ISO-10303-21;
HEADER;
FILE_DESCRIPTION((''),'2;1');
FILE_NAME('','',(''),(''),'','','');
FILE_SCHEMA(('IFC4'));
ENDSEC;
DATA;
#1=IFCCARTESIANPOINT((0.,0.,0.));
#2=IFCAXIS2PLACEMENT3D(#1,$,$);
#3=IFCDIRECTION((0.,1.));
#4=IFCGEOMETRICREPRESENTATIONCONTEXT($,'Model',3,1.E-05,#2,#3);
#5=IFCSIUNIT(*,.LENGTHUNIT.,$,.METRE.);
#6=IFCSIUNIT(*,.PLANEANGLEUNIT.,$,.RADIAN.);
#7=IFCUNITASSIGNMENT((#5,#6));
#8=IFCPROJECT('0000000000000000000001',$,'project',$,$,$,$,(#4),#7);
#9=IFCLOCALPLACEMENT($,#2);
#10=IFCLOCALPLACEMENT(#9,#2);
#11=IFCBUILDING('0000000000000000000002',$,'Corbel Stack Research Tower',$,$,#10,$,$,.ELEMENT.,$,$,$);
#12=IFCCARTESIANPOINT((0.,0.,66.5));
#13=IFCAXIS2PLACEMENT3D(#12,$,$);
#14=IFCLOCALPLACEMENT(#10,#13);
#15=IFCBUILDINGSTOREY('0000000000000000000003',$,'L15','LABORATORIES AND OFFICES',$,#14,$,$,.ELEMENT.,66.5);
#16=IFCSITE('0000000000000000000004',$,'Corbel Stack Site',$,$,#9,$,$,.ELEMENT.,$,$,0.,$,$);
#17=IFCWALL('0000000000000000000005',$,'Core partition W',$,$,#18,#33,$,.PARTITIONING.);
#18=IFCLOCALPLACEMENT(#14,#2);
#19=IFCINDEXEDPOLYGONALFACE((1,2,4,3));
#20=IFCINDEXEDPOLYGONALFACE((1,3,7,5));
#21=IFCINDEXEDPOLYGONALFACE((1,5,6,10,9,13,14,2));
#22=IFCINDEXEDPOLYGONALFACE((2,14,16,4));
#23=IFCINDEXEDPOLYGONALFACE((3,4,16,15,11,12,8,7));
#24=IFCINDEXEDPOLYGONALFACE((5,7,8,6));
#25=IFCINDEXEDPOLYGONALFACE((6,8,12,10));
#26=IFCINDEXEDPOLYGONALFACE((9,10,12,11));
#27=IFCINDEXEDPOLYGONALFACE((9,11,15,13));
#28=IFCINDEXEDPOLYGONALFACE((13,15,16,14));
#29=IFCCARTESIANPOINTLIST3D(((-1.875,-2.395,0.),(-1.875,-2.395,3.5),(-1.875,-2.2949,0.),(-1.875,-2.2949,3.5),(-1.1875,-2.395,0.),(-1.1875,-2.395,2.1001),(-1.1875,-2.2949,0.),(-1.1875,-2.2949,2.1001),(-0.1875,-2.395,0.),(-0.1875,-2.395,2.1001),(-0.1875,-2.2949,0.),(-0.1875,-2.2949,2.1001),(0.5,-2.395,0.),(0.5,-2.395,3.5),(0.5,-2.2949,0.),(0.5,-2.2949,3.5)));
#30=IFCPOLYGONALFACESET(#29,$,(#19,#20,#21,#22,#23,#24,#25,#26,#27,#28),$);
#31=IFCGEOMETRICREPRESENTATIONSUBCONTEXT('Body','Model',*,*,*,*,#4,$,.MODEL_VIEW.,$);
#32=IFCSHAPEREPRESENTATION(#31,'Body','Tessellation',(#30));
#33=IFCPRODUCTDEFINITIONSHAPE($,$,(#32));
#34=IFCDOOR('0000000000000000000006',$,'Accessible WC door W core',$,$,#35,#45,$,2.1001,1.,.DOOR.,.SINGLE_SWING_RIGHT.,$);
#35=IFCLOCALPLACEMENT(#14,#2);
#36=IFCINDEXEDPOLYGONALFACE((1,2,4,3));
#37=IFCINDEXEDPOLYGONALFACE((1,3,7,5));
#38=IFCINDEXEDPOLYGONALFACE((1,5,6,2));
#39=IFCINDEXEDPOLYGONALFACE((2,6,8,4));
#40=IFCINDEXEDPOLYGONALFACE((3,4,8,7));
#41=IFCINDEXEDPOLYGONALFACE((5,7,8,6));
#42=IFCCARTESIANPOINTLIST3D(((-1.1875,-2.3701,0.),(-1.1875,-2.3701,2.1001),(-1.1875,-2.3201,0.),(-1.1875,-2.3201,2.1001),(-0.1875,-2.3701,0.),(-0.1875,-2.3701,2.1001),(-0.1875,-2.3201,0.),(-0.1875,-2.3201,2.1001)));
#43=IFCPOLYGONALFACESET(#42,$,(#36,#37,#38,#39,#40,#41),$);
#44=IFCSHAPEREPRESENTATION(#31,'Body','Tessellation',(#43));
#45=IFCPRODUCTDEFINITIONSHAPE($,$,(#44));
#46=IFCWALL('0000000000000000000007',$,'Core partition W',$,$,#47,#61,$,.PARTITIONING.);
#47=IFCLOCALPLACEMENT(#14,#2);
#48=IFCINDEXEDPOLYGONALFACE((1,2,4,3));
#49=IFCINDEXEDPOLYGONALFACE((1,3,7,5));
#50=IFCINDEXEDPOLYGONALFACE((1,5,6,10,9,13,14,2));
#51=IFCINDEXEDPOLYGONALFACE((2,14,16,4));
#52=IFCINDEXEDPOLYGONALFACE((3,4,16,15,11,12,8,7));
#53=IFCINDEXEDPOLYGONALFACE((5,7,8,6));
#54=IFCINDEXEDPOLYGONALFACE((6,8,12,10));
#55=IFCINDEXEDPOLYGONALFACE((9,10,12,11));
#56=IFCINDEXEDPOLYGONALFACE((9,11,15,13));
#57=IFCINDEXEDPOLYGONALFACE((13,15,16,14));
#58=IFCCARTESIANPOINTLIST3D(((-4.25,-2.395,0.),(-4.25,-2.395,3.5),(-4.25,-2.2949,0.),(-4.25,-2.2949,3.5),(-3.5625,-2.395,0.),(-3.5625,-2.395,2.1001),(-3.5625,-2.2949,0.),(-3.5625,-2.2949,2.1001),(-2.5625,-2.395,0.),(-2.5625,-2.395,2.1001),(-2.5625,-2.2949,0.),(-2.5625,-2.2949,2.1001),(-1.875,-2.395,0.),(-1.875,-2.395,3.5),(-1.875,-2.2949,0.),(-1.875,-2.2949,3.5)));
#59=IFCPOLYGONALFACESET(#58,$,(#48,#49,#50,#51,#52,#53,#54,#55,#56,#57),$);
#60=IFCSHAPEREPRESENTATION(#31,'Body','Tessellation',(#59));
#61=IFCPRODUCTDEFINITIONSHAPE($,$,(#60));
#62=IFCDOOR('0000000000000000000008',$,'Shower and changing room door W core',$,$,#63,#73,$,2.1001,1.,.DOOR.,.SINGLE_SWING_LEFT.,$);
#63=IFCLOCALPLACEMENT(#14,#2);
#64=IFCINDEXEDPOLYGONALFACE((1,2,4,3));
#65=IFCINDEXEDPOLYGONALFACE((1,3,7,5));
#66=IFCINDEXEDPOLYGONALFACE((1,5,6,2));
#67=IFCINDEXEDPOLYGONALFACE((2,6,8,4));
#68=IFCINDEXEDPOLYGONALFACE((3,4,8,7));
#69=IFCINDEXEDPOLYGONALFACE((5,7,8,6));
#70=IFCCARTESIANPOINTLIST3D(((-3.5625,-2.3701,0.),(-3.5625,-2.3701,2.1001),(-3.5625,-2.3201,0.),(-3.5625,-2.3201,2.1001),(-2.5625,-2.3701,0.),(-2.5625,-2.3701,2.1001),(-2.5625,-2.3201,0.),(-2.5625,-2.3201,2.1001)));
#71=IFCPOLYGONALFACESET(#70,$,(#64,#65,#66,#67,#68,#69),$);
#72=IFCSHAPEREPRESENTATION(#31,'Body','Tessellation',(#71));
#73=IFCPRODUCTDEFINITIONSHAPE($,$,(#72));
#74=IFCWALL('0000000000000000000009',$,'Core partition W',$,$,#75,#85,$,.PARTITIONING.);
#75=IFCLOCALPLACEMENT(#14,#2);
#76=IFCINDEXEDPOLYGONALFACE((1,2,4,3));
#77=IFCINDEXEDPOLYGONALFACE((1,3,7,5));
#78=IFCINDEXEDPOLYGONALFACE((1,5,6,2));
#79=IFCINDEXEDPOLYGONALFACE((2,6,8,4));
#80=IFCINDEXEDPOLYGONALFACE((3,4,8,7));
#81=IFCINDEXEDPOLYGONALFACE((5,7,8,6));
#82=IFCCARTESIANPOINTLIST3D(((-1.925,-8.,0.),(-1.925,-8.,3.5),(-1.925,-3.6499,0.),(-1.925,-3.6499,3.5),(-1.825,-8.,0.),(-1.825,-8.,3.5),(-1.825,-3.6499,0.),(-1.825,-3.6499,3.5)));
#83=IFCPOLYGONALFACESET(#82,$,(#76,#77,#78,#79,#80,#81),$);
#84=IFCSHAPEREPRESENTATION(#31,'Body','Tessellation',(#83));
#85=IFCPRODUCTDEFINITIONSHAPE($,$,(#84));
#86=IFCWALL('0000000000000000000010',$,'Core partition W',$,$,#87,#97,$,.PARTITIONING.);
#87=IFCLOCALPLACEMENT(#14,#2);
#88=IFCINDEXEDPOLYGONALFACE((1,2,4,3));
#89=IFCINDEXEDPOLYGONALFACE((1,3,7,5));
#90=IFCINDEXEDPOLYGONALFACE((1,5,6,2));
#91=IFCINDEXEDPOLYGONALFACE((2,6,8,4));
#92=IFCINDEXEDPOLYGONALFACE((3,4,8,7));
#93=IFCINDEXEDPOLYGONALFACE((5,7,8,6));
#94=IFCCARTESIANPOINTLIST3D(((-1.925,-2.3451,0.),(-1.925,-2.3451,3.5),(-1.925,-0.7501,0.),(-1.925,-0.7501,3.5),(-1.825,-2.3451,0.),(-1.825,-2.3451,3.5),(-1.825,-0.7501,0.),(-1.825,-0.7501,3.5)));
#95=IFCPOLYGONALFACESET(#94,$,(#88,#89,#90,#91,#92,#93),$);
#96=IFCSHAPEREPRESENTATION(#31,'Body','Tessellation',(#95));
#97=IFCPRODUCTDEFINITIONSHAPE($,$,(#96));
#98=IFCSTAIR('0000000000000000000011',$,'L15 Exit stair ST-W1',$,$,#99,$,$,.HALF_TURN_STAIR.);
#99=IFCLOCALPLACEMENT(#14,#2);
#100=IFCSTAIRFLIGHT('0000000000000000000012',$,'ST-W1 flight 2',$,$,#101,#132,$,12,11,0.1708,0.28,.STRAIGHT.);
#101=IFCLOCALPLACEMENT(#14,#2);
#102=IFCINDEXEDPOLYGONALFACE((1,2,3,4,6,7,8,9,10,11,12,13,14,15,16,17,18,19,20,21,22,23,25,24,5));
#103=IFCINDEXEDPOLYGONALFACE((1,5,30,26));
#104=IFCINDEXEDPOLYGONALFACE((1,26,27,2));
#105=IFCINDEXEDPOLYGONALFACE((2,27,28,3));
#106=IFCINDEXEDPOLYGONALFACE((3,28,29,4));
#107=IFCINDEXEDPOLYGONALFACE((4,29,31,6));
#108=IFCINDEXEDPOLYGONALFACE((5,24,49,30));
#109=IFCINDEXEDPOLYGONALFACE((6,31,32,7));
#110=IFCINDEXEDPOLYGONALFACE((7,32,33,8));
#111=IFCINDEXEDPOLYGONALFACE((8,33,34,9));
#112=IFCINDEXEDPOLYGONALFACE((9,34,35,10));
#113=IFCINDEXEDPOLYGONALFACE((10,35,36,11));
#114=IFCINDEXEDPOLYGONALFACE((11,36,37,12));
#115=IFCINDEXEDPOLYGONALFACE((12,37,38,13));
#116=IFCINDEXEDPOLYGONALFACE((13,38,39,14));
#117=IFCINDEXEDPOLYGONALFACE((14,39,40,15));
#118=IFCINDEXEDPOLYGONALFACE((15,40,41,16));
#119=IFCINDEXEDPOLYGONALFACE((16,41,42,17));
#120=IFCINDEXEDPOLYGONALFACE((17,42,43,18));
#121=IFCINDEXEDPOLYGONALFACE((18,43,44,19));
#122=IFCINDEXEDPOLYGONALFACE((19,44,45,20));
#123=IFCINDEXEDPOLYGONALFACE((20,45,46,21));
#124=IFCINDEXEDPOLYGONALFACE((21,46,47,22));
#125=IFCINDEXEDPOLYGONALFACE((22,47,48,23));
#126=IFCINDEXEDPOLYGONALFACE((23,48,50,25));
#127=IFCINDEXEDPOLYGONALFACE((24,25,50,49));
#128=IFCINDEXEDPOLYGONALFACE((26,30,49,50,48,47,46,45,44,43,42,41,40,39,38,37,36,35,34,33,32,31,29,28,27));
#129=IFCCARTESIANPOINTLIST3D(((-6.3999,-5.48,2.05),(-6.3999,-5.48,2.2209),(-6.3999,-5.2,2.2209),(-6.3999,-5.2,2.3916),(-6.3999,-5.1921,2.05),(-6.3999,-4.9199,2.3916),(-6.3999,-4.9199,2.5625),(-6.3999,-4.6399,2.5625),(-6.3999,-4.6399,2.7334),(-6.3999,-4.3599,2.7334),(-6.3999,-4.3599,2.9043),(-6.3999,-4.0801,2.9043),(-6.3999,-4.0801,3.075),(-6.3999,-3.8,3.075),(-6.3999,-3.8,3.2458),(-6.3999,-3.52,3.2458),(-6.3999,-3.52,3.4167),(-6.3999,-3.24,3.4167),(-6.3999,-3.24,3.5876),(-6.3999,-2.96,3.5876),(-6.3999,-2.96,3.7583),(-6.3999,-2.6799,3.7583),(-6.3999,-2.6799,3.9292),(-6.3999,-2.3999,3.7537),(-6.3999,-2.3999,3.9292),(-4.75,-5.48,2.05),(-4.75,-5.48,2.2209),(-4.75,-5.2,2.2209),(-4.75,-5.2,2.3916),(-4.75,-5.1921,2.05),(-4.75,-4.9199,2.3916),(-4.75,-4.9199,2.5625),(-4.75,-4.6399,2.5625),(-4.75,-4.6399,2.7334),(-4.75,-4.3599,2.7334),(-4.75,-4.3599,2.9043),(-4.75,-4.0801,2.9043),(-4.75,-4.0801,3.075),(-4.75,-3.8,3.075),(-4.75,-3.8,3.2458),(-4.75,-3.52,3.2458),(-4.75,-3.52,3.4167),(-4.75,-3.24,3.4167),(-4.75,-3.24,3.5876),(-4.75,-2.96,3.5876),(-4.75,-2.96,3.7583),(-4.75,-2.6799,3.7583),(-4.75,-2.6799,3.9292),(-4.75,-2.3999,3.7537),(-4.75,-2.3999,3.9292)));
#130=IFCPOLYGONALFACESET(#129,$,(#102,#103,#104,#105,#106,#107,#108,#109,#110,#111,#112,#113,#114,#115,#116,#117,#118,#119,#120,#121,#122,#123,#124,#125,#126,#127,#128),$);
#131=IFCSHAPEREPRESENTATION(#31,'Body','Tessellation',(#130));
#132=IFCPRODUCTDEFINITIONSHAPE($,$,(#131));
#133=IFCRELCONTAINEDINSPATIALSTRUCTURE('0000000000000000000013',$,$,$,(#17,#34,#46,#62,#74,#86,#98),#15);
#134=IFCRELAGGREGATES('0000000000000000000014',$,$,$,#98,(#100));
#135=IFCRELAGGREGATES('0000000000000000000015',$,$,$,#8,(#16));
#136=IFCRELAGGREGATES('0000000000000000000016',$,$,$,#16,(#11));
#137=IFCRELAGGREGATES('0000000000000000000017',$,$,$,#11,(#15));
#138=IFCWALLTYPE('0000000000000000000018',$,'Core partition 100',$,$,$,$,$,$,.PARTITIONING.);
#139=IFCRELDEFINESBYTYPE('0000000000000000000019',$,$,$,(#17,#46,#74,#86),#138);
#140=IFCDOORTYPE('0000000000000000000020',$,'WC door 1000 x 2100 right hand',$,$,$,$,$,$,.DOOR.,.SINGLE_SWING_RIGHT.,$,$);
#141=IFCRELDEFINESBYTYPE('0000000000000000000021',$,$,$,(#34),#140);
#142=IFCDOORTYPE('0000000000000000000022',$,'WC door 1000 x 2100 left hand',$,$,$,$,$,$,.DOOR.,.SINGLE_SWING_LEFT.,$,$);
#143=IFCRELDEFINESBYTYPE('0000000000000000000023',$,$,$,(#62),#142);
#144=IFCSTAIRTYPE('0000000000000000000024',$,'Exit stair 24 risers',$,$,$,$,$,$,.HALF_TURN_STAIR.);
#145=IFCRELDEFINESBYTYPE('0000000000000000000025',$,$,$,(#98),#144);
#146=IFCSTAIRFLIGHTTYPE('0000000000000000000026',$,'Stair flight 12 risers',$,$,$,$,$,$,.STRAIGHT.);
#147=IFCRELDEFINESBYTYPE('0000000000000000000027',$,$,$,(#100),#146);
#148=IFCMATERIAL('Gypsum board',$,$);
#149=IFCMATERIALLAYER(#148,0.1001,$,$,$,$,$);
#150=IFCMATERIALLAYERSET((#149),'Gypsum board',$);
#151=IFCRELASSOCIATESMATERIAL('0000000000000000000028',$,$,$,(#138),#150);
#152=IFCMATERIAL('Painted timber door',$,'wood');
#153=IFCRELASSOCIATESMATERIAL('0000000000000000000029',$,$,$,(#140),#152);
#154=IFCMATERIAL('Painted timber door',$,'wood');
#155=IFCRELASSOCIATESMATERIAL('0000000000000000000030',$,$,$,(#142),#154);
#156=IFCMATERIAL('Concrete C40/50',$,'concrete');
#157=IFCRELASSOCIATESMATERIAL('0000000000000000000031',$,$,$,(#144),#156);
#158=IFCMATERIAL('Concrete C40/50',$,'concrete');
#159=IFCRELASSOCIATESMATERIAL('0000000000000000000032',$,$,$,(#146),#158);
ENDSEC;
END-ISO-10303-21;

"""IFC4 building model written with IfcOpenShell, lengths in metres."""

from ifc_helpers import new_model, si_unit, direction, frame, frame_2d, origin, place, context, subcontext, project, spatial, polyline, rectangle, outline, extrude, material, layer, layer_set, type_object, element, fill, aggregate, save


model = new_model("IFC4")

# Units and contexts
model_context = context("Model", 3, precision=1e-05, world=origin(), true_north=direction((0.0, 1.0)))
body_context = subcontext(model_context, "Body", "Model", "MODEL_VIEW")
ifc_project = project(units=[si_unit("LENGTHUNIT", "METRE"), si_unit("PLANEANGLEUNIT", "RADIAN")], contexts=[model_context])

# Site, building, storey
site_placement = place(None, origin())
site = spatial("IfcSite", under=ifc_project, at=site_placement, Name="Corbel Stack Site", CompositionType="ELEMENT", RefElevation=0.0)
building_placement = place(site_placement, origin())
building = spatial("IfcBuilding", under=site, at=building_placement, Name="Corbel Stack Research Tower", CompositionType="ELEMENT")
storey_placement = place(building_placement, frame((0.0, 0.0, 66.5)))
storey = spatial("IfcBuildingStorey", under=building, at=storey_placement, Name="L15", Description="LABORATORIES AND OFFICES", CompositionType="ELEMENT", Elevation=66.5)

# Walls, openings, doors
ifc_material_1 = material(Name="Gypsum board")
ifc_layer_1 = layer(ifc_material_1, 0.1001)
ifc_layer_set_1 = layer_set([ifc_layer_1], Name="Gypsum board")
wall_type_1 = type_object("IfcWallType", Name="Core partition 100", PredefinedType="PARTITIONING", material=ifc_layer_set_1)
ifc_material_2 = material(Name="Painted timber door", Category="wood")
door_type_1 = type_object("IfcDoorType", Name="WC door 1000 x 2100 right hand", OperationType="SINGLE_SWING_RIGHT", PredefinedType="DOOR", material=ifc_material_2)
ifc_material_3 = material(Name="Painted timber door", Category="wood")
door_type_2 = type_object("IfcDoorType", Name="WC door 1000 x 2100 left hand", OperationType="SINGLE_SWING_LEFT", PredefinedType="DOOR", material=ifc_material_3)
wall_1_placement = place(storey_placement, frame((-1.875, -2.345, 0.0), z_axis=(0.0, 0.0, 1.0), x_axis=(1.0, 0.0, 0.0)))
wall_1 = element("IfcWall", 1, at=wall_1_placement, inside=storey, type_object=wall_type_1, Name="Core partition W", PredefinedType="PARTITIONING", context=body_context, shape_type="SweptSolid", body=[
    extrude(rectangle(XDim=2.375, YDim=0.1001, at=frame_2d((1.1875, 0.0))), origin(), (0.0, 0.0, 1.0), 3.5),
])
opening_1_placement = place(wall_1_placement, frame((0.6875, 0.0, 0.0)))
opening_1 = element("IfcOpeningElement", 2, at=opening_1_placement, cuts=wall_1, PredefinedType="OPENING", context=body_context, shape_type="SweptSolid", body=[
    extrude(rectangle(XDim=1.0, YDim=2.1001, at=frame_2d((0.5, 1.05))), frame((0.0, 0.0601, 0.0), z_axis=(0.0, -1.0, 0.0), x_axis=(1.0, 0.0, 0.0)), (0.0, 0.0, 1.0), 0.1201),
])
door_1_placement = place(opening_1_placement, origin())
door_1 = element("IfcDoor", 3, at=door_1_placement, inside=storey, type_object=door_type_1, Name="Accessible WC door W core", OperationType="SINGLE_SWING_RIGHT", OverallHeight=2.1001, OverallWidth=1.0, PredefinedType="DOOR", context=body_context, shape_type="SweptSolid", body=[
    extrude(rectangle(XDim=1.0, YDim=2.1001, at=frame_2d((0.5, 1.05))), frame((0.0, 0.0249, 0.0), z_axis=(0.0, -1.0, 0.0), x_axis=(1.0, 0.0, 0.0)), (0.0, 0.0, 1.0), 0.05),
])
fill(opening_1, door_1)
wall_2_placement = place(storey_placement, frame((-4.25, -2.345, 0.0), z_axis=(0.0, 0.0, 1.0), x_axis=(1.0, 0.0, 0.0)))
wall_2 = element("IfcWall", 4, at=wall_2_placement, inside=storey, type_object=wall_type_1, Name="Core partition W", PredefinedType="PARTITIONING", context=body_context, shape_type="SweptSolid", body=[
    extrude(rectangle(XDim=2.375, YDim=0.1001, at=frame_2d((1.1875, 0.0))), origin(), (0.0, 0.0, 1.0), 3.5),
])
opening_2_placement = place(wall_2_placement, frame((0.6875, 0.0, 0.0)))
opening_2 = element("IfcOpeningElement", 5, at=opening_2_placement, cuts=wall_2, PredefinedType="OPENING", context=body_context, shape_type="SweptSolid", body=[
    extrude(rectangle(XDim=1.0, YDim=2.1001, at=frame_2d((0.5, 1.05))), frame((0.0, 0.0601, 0.0), z_axis=(0.0, -1.0, 0.0), x_axis=(1.0, 0.0, 0.0)), (0.0, 0.0, 1.0), 0.1201),
])
door_2_placement = place(opening_2_placement, origin())
door_2 = element("IfcDoor", 6, at=door_2_placement, inside=storey, type_object=door_type_2, Name="Shower and changing room door W core", OperationType="SINGLE_SWING_LEFT", OverallHeight=2.1001, OverallWidth=1.0, PredefinedType="DOOR", context=body_context, shape_type="SweptSolid", body=[
    extrude(rectangle(XDim=1.0, YDim=2.1001, at=frame_2d((0.5, 1.05))), frame((0.0, 0.0249, 0.0), z_axis=(0.0, -1.0, 0.0), x_axis=(1.0, 0.0, 0.0)), (0.0, 0.0, 1.0), 0.05),
])
fill(opening_2, door_2)

# Walls
wall_3_placement = place(storey_placement, frame((-1.875, -8.0, 0.0), z_axis=(0.0, 0.0, 1.0), x_axis=(0.0, 1.0, 0.0)))
element("IfcWall", 7, at=wall_3_placement, inside=storey, type_object=wall_type_1, Name="Core partition W", PredefinedType="PARTITIONING", context=body_context, shape_type="SweptSolid", body=[
    extrude(rectangle(XDim=4.3501, YDim=0.1001, at=frame_2d((2.175, 0.0))), origin(), (0.0, 0.0, 1.0), 3.5),
])
wall_4_placement = place(storey_placement, frame((-1.875, -2.345, 0.0), z_axis=(0.0, 0.0, 1.0), x_axis=(0.0, 1.0, 0.0)))
element("IfcWall", 8, at=wall_4_placement, inside=storey, type_object=wall_type_1, Name="Core partition W", PredefinedType="PARTITIONING", context=body_context, shape_type="SweptSolid", body=[
    extrude(rectangle(XDim=1.595, YDim=0.1001, at=frame_2d((0.7974, 0.0))), origin(), (0.0, 0.0, 1.0), 3.5),
])

# Stair, stair flight
ifc_material_4 = material(Name="Concrete C40/50", Category="concrete")
stair_type = type_object("IfcStairType", Name="Exit stair 24 risers", PredefinedType="HALF_TURN_STAIR", material=ifc_material_4)
stair_placement = place(storey_placement, origin())
stair = element("IfcStair", 9, at=stair_placement, inside=storey, type_object=stair_type, Name="L15 Exit stair ST-W1", PredefinedType="HALF_TURN_STAIR")
ifc_material_5 = material(Name="Concrete C40/50", Category="concrete")
stair_flight_type = type_object("IfcStairFlightType", Name="Stair flight 12 risers", PredefinedType="STRAIGHT", material=ifc_material_5)
stair_flight_placement = place(storey_placement, frame((-5.575, -5.48, 2.05), z_axis=(0.0, 0.0, 1.0), x_axis=(0.0, 1.0, 0.0)))
stair_flight = element("IfcStairFlight", 10, at=stair_flight_placement, type_object=stair_flight_type, Name="ST-W1 flight 2", NumberOfRisers=12, NumberOfTreads=11, PredefinedType="STRAIGHT", RiserHeight=0.1708, TreadLength=0.28, context=body_context, shape_type="SweptSolid", body=[
    extrude(outline(polyline([(0.0, 0.0), (0.0, 0.1709), (0.28, 0.1709), (0.28, 0.3416), (0.5601, 0.3416), (0.5601, 0.5125), (0.8401, 0.5125), (0.8401, 0.6833), (1.1201, 0.6833), (1.1201, 0.8542), (1.3999, 0.8542), (1.3999, 1.0249), (1.6799, 1.0249), (1.6799, 1.1958), (1.96, 1.1958), (1.96, 1.3667), (2.24, 1.3667), (2.24, 1.5376), (2.52, 1.5376), (2.52, 1.7083), (2.8, 1.7083), (2.8, 1.8792), (3.0801, 1.8792), (3.0801, 2.05), (3.0801, 1.7036), (0.2878, 0.0), (0.0, 0.0)])), frame((0.0, 0.825, 0.0), z_axis=(0.0, -1.0, 0.0), x_axis=(1.0, 0.0, 0.0)), (0.0, 0.0, 1.0), 1.6499),
])
aggregate(stair, [stair_flight])

save(model, "model.ifc")
